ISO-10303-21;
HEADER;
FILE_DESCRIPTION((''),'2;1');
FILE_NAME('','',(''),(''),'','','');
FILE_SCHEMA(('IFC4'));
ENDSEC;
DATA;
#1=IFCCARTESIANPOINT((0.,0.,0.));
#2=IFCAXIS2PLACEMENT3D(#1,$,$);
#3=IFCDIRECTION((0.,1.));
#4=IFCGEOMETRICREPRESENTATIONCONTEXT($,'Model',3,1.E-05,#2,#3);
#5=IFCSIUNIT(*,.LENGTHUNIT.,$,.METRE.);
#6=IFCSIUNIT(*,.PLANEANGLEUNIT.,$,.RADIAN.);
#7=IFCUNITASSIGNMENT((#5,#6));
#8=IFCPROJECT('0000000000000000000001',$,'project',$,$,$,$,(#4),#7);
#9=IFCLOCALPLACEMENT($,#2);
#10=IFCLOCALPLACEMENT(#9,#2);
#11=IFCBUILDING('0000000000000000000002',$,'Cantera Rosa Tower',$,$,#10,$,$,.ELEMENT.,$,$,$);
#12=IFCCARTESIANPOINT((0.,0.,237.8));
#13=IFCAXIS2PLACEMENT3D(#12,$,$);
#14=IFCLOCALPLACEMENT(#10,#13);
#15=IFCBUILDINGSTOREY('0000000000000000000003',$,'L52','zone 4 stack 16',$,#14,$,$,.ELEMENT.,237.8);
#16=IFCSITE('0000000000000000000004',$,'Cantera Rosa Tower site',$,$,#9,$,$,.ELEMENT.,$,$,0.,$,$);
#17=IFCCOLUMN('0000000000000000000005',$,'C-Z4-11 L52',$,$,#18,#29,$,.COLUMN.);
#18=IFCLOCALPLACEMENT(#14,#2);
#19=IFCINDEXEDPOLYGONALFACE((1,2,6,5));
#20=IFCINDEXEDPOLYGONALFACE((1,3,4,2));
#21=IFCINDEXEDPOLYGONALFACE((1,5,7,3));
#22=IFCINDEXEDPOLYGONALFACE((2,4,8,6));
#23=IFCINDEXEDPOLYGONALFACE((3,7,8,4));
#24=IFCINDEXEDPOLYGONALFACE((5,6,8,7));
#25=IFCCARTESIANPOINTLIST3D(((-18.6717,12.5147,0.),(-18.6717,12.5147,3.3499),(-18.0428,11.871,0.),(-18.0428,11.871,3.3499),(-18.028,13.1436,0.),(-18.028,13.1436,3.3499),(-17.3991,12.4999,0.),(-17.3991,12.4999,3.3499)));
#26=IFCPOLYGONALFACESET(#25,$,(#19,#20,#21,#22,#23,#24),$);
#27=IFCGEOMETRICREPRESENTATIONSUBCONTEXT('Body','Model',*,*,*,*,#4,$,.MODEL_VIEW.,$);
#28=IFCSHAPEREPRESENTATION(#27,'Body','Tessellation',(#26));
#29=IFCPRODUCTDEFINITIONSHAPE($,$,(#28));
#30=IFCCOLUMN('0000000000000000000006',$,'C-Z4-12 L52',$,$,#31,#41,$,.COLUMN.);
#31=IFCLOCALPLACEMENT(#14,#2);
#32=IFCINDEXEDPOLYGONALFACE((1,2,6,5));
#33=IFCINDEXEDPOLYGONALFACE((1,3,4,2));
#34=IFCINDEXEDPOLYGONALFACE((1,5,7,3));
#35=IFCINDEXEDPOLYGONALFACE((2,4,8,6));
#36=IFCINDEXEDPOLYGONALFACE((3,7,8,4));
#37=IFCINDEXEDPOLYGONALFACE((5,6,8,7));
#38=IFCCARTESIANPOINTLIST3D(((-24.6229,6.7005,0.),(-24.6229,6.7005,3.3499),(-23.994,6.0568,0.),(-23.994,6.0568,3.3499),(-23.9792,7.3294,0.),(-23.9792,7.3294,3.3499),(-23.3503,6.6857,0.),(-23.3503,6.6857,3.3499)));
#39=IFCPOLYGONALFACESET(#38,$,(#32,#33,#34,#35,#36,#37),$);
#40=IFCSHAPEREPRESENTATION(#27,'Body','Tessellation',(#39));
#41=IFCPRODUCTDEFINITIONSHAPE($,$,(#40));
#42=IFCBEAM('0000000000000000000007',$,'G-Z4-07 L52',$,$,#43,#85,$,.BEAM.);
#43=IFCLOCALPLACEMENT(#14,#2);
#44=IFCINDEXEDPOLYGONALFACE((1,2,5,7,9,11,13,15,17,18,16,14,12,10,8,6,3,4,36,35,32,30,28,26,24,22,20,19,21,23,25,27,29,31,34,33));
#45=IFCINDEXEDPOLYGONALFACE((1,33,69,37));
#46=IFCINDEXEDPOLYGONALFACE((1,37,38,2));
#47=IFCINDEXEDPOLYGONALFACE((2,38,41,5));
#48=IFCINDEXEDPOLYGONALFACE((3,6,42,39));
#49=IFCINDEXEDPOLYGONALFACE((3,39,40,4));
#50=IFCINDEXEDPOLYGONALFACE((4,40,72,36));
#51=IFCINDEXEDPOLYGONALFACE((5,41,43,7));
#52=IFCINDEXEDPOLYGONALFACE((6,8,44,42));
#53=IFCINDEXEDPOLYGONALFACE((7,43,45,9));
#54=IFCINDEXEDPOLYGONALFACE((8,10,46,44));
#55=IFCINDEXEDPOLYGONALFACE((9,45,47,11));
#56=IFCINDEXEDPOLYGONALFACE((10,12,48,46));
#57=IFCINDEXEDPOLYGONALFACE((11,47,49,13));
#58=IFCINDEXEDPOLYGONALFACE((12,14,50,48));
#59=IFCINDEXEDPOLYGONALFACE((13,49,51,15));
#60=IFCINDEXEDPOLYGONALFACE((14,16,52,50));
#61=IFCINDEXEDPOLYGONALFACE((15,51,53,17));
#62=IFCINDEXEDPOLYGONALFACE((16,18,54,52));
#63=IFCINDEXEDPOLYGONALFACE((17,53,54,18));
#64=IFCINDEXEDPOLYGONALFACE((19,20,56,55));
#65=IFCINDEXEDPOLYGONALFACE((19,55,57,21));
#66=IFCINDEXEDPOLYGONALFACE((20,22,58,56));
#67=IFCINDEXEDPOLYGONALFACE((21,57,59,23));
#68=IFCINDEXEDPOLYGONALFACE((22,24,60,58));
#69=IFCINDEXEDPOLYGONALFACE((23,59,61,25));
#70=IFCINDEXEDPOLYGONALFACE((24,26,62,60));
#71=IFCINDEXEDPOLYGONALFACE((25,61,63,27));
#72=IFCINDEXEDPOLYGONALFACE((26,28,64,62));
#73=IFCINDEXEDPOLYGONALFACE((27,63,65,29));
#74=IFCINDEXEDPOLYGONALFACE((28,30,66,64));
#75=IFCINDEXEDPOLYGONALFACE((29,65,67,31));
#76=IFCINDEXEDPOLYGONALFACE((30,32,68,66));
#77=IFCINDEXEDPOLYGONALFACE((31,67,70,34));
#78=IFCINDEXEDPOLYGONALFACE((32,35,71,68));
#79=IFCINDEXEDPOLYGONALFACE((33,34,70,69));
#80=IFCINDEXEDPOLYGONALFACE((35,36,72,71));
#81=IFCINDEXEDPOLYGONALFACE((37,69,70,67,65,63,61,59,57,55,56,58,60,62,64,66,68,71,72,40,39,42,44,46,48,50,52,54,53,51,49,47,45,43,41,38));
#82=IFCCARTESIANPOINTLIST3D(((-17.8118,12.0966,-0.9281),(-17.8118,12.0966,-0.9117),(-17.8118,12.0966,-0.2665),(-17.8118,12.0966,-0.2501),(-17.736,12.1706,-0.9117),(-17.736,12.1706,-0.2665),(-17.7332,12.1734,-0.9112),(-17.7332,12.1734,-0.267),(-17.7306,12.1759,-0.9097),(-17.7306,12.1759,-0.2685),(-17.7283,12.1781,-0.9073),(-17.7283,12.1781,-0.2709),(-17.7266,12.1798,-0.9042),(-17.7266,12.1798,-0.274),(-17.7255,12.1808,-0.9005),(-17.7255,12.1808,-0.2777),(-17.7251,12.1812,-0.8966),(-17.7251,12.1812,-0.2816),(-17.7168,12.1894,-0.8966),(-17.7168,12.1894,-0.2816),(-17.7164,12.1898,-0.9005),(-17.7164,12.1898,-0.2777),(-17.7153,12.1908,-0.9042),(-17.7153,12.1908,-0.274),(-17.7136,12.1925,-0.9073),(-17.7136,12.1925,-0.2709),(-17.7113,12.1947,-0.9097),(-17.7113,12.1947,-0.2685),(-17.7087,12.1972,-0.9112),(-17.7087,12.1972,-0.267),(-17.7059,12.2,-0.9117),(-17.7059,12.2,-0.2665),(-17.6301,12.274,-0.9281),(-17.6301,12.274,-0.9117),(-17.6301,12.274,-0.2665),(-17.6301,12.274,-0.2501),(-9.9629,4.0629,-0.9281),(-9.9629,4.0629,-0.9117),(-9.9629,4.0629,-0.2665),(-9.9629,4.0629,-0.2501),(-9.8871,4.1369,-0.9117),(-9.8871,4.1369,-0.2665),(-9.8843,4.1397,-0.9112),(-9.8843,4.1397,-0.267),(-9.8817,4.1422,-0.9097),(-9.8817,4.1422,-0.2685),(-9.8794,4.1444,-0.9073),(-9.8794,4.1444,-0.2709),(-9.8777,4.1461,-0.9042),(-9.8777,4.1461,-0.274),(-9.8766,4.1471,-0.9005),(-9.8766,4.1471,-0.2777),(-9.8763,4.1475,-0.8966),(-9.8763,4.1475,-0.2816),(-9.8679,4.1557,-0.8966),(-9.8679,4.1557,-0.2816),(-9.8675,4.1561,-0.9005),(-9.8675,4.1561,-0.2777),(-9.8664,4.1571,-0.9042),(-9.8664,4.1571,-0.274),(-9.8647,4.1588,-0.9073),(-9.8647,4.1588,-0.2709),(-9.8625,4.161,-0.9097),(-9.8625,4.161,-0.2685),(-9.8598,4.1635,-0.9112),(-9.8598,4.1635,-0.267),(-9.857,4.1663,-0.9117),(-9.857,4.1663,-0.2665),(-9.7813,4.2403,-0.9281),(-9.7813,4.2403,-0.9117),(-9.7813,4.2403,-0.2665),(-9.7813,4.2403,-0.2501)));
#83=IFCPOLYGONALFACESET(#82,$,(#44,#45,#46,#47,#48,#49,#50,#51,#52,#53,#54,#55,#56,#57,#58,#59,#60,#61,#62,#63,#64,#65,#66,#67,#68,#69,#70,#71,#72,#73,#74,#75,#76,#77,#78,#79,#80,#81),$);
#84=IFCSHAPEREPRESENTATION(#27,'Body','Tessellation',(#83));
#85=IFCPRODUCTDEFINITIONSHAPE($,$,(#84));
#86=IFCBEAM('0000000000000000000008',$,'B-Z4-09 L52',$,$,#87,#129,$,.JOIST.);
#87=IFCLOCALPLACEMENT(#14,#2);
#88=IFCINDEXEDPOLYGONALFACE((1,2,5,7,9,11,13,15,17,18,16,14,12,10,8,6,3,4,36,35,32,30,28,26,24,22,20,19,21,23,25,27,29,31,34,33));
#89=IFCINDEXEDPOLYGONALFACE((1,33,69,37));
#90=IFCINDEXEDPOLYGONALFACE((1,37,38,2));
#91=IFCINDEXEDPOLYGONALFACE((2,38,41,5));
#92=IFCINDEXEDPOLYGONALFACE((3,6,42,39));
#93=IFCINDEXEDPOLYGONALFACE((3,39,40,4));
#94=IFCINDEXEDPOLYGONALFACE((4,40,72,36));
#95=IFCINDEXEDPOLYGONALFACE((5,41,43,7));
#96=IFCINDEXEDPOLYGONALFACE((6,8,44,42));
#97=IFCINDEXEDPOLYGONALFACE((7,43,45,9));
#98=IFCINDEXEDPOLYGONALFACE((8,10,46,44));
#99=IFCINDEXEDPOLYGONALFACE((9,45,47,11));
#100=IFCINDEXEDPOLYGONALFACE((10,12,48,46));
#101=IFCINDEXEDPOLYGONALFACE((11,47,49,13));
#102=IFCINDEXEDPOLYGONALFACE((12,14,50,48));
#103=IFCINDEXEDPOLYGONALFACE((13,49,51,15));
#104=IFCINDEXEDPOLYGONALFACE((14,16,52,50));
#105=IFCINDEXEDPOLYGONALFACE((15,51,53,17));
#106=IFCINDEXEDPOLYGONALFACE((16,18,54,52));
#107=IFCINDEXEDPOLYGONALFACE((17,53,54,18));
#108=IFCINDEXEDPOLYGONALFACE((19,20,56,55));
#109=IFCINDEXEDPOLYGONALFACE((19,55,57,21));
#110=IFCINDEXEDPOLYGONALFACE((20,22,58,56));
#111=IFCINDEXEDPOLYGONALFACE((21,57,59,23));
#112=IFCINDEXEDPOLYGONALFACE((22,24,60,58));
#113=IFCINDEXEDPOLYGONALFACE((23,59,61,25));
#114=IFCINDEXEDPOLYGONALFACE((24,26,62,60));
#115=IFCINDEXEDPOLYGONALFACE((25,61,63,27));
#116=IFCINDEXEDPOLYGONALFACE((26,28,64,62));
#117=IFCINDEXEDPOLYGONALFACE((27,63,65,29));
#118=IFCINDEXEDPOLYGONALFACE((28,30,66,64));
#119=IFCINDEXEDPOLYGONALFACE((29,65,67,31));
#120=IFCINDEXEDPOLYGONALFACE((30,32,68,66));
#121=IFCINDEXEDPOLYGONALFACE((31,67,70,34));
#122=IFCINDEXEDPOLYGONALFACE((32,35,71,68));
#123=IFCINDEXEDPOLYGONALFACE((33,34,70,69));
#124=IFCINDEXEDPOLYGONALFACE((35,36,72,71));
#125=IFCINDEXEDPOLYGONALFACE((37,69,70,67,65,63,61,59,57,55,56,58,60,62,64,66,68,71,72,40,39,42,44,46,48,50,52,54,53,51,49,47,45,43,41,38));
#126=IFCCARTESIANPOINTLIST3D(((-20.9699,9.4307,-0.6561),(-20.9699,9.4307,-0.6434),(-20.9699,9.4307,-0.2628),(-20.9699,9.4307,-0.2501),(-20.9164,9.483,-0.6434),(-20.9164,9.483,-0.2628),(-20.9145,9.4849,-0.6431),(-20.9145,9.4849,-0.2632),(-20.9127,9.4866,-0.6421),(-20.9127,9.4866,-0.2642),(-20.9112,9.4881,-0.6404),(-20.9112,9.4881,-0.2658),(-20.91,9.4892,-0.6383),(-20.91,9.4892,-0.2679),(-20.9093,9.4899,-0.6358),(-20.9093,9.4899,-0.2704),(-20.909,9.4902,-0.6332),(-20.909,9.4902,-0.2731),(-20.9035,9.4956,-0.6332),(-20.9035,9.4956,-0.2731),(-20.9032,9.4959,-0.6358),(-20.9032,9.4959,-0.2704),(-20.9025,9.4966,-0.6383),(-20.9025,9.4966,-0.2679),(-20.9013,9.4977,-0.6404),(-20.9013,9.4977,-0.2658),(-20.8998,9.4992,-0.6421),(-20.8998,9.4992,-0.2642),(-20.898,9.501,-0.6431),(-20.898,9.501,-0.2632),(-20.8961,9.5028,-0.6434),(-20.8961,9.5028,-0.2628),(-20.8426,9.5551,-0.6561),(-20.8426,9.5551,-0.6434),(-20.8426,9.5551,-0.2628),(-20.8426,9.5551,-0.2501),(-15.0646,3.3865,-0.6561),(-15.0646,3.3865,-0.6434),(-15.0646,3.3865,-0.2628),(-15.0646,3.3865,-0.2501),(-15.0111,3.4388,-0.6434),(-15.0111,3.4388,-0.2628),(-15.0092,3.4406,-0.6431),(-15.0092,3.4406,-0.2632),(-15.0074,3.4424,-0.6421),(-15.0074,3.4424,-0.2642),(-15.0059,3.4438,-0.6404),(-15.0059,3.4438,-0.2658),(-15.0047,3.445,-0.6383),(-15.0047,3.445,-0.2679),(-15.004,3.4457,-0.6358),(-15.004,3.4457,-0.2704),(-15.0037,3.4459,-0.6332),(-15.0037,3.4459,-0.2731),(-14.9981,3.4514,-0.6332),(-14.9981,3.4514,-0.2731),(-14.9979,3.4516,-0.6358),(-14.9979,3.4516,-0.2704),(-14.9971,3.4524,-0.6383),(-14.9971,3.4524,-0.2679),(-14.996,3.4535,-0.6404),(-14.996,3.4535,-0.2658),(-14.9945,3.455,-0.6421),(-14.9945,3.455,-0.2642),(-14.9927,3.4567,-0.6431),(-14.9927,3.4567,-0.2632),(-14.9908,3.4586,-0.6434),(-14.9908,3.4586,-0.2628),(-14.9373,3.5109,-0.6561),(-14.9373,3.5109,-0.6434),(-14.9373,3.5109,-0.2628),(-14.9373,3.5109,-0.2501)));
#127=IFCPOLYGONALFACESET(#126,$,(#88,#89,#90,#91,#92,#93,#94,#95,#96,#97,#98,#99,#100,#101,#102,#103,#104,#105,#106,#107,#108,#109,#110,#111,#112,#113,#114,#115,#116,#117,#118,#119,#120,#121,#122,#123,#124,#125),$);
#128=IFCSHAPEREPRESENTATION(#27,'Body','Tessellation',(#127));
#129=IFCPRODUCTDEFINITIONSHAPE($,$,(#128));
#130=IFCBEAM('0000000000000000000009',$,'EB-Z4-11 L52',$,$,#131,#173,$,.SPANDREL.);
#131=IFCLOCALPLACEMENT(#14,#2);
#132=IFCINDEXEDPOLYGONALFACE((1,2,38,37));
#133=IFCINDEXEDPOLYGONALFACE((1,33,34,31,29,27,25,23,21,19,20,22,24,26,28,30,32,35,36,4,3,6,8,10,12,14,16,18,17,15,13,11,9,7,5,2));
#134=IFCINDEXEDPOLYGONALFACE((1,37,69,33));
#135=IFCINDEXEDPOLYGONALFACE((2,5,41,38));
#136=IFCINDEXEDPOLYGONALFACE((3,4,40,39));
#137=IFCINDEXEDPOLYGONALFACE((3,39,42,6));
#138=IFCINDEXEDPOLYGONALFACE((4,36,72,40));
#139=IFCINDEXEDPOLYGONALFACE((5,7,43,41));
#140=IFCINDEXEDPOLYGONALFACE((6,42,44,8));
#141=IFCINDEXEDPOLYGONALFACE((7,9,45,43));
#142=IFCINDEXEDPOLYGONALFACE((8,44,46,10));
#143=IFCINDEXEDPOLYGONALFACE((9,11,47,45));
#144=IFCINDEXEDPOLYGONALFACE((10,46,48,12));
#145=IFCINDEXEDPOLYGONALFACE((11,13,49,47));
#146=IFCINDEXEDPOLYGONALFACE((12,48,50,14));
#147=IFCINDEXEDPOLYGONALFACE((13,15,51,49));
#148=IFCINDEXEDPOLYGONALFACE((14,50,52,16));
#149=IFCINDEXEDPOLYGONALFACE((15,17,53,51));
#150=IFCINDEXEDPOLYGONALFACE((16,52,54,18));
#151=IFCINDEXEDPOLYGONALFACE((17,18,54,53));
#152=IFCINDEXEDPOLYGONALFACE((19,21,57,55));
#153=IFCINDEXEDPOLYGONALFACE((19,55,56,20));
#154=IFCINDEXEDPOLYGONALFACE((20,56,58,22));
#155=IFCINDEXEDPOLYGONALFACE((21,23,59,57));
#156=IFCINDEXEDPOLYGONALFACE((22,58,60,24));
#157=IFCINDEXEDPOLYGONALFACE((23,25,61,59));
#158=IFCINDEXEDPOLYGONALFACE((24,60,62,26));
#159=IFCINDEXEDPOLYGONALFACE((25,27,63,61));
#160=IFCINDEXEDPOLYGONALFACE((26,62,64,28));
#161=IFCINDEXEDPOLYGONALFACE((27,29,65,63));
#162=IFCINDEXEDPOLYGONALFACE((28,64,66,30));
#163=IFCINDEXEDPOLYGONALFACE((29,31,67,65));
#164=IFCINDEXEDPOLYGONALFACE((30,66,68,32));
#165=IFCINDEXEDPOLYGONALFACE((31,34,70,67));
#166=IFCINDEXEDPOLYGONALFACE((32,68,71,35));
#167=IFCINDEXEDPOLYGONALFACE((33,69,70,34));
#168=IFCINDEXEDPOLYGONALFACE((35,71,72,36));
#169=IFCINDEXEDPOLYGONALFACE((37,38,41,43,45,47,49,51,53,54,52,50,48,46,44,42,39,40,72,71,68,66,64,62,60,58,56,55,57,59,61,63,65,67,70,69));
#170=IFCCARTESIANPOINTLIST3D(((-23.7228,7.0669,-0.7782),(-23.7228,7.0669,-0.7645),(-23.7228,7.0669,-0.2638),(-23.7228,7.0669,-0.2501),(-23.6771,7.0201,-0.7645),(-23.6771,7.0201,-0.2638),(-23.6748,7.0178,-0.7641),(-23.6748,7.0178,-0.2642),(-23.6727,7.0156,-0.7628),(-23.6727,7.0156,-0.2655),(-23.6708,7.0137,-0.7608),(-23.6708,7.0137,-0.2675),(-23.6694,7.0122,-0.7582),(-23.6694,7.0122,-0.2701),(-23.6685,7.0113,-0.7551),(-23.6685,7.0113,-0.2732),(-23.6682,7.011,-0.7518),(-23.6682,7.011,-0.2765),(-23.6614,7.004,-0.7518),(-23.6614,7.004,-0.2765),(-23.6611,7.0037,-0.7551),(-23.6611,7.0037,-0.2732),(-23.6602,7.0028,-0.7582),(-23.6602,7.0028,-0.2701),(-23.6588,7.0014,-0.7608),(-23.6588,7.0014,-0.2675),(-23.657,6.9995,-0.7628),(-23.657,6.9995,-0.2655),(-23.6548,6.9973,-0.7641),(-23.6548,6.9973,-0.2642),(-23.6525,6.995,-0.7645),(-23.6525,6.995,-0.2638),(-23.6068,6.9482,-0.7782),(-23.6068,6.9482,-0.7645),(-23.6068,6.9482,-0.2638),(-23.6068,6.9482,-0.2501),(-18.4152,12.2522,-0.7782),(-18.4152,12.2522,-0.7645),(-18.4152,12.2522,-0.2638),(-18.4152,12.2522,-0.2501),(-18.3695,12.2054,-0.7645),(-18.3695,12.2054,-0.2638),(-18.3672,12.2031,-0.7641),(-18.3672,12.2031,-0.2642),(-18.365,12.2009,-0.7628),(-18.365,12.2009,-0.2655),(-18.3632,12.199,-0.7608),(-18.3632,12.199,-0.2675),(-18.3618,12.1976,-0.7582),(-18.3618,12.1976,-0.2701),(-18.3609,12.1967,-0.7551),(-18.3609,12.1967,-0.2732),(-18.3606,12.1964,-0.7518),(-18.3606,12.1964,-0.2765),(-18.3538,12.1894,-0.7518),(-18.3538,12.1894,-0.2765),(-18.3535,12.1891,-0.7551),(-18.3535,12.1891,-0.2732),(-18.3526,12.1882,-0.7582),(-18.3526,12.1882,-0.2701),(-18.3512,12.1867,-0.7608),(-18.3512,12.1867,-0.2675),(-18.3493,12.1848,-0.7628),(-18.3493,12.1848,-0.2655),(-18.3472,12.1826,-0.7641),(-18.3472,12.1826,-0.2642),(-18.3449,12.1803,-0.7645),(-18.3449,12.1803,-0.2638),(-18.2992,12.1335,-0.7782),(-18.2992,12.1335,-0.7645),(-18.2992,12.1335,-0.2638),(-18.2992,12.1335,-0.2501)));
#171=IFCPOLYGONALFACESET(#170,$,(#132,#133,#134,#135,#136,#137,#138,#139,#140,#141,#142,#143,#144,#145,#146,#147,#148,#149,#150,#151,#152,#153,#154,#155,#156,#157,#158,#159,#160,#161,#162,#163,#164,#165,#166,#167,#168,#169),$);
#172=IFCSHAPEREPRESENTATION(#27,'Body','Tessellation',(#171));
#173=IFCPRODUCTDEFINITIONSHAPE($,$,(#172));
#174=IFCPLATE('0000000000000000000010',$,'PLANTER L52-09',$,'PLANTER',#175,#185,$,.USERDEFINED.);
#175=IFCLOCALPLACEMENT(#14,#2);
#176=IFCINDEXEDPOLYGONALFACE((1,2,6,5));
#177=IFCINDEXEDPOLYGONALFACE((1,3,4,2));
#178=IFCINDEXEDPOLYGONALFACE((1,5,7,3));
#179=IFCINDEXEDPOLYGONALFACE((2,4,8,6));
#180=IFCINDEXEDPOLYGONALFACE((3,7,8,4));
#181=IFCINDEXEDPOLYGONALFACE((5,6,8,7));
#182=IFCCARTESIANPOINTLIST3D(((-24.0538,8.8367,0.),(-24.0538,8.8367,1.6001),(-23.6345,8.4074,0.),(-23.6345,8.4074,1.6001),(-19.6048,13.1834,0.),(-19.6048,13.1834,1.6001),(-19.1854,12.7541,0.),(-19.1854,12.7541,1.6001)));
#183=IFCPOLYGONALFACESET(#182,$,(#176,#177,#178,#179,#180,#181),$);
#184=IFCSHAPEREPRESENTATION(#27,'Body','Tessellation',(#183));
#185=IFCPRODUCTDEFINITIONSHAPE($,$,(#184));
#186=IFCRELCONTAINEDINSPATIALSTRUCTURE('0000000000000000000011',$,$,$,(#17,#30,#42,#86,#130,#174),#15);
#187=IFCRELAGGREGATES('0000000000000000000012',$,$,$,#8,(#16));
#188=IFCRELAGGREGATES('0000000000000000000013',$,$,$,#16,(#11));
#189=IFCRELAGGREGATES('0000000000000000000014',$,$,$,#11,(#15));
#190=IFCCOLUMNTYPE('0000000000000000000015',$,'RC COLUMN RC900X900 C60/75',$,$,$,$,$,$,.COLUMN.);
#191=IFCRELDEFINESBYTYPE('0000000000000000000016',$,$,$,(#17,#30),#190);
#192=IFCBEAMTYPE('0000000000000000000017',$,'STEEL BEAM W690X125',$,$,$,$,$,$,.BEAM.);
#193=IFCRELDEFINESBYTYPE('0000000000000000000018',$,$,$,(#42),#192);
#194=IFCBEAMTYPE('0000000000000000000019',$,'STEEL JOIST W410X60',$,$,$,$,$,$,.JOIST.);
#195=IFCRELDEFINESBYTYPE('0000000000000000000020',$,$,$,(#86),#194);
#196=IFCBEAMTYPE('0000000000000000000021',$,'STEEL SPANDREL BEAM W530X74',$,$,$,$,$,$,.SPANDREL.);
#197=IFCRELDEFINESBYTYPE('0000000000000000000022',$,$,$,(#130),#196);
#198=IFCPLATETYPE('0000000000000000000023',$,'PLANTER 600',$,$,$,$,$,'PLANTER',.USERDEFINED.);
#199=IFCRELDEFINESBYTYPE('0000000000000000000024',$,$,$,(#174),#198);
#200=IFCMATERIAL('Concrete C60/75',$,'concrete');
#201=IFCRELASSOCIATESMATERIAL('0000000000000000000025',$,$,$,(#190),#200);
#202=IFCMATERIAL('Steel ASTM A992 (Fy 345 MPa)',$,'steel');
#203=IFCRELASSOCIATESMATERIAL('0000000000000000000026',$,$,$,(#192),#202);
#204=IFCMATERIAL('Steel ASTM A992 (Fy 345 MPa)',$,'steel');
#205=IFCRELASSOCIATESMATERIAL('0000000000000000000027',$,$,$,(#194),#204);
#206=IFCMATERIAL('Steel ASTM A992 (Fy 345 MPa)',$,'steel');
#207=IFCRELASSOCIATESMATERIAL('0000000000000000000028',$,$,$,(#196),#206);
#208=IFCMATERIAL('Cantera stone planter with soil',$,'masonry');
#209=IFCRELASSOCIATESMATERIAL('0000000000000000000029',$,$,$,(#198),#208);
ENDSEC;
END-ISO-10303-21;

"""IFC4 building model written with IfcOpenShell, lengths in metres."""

from ifc_helpers import new_model, si_unit, direction, frame, origin, origin_2d, place, context, subcontext, project, spatial, rectangle, i_section, extrude, material, material_profile, profile_set, type_object, element, save


model = new_model("IFC4")

# Units and contexts
model_context = context("Model", 3, precision=1e-05, world=origin(), true_north=direction((0.0, 1.0)))
body_context = subcontext(model_context, "Body", "Model", "MODEL_VIEW")
ifc_project = project(units=[si_unit("LENGTHUNIT", "METRE"), si_unit("PLANEANGLEUNIT", "RADIAN")], contexts=[model_context])

# Site, building, storey
site_placement = place(None, origin())
site = spatial("IfcSite", under=ifc_project, at=site_placement, Name="Cantera Rosa Tower site", CompositionType="ELEMENT", RefElevation=0.0)
building_placement = place(site_placement, origin())
building = spatial("IfcBuilding", under=site, at=building_placement, Name="Cantera Rosa Tower", CompositionType="ELEMENT")
storey_placement = place(building_placement, frame((0.0, 0.0, 237.8)))
storey = spatial("IfcBuildingStorey", under=building, at=storey_placement, Name="L52", Description="zone 4 stack 16", CompositionType="ELEMENT", Elevation=237.8)

# Columns
ifc_material_1 = material(Name="Concrete C60/75", Category="concrete")
ifc_material_profile_1 = material_profile(ifc_material_1, rectangle(XDim=0.8999, YDim=0.8999, at=origin_2d()), Name="RC COLUMN RC900X900 C60/75")
ifc_profile_set_1 = profile_set([ifc_material_profile_1], Name="Concrete C60/75")
column_type = type_object("IfcColumnType", Name="RC COLUMN RC900X900 C60/75", PredefinedType="COLUMN", material=ifc_profile_set_1)
for number, where, z_axis, x_axis, name in (
    (1, (-18.0354, 12.5073, 0.0), (0.0, 0.0, 1.0), (0.715286, 0.698832, 0.0), "C-Z4-11 L52"),
    (2, (-23.9866, 6.6931, 0.0), (0.0, 0.0, 1.0), (0.715286, 0.698832, 0.0), "C-Z4-12 L52"),
):
    element("IfcColumn", number, at=place(storey_placement, frame(where, z_axis=z_axis, x_axis=x_axis)), inside=storey, type_object=column_type, Name=name, PredefinedType="COLUMN", context=body_context, shape_type="SweptSolid", body=[
        extrude(rectangle(XDim=0.8999, YDim=0.8999, at=origin_2d()), origin(), (0.0, 0.0, 1.0), 3.3499),
    ])

# Beams
ifc_material_2 = material(Name="Steel ASTM A992 (Fy 345 MPa)", Category="steel")
ifc_material_profile_2 = material_profile(ifc_material_2, i_section(OverallWidth=0.2539, OverallDepth=0.678, WebThickness=0.0117, FlangeThickness=0.0164, FilletRadius=0.0151, at=origin_2d()), Name="W690X125")
ifc_profile_set_2 = profile_set([ifc_material_profile_2], Name="Steel ASTM A992 (Fy 345 MPa)")
beam_type_1 = type_object("IfcBeamType", Name="STEEL BEAM W690X125", PredefinedType="BEAM", material=ifc_profile_set_2)
beam_1_placement = place(storey_placement, frame((-17.7209, 12.1853, -0.5891), z_axis=(0.698831, -0.715286, 0.0), x_axis=(0.715286, 0.698831, 0.0)))
element("IfcBeam", 3, at=beam_1_placement, inside=storey, type_object=beam_type_1, Name="G-Z4-07 L52", PredefinedType="BEAM", context=body_context, shape_type="SweptSolid", body=[
    extrude(i_section(OverallWidth=0.2539, OverallDepth=0.678, WebThickness=0.0117, FlangeThickness=0.0164, FilletRadius=0.0151, at=origin_2d()), origin(), (0.0, 0.0, 1.0), 11.2314),
])
ifc_material_3 = material(Name="Steel ASTM A992 (Fy 345 MPa)", Category="steel")
ifc_material_profile_3 = material_profile(ifc_material_3, i_section(OverallWidth=0.178, OverallDepth=0.406, WebThickness=0.0078, FlangeThickness=0.0127, FilletRadius=0.0103, at=origin_2d()), Name="W410X60")
ifc_profile_set_3 = profile_set([ifc_material_profile_3], Name="Steel ASTM A992 (Fy 345 MPa)")
beam_type_2 = type_object("IfcBeamType", Name="STEEL JOIST W410X60", PredefinedType="JOIST", material=ifc_profile_set_3)
beam_2_placement = place(storey_placement, frame((-20.9062, 9.4929, -0.4531), z_axis=(0.698839, -0.715279, 0.0), x_axis=(0.715279, 0.698839, 0.0)))
element("IfcBeam", 4, at=beam_2_placement, inside=storey, type_object=beam_type_2, Name="B-Z4-09 L52", PredefinedType="JOIST", context=body_context, shape_type="SweptSolid", body=[
    extrude(i_section(OverallWidth=0.178, OverallDepth=0.406, WebThickness=0.0078, FlangeThickness=0.0127, FilletRadius=0.0103, at=origin_2d()), origin(), (0.0, 0.0, 1.0), 8.4502),
])
ifc_material_4 = material(Name="Steel ASTM A992 (Fy 345 MPa)", Category="steel")
ifc_material_profile_4 = material_profile(ifc_material_4, i_section(OverallWidth=0.166, OverallDepth=0.5281, WebThickness=0.0098, FlangeThickness=0.0137, FilletRadius=0.0127, at=origin_2d()), Name="W530X74")
ifc_profile_set_4 = profile_set([ifc_material_profile_4], Name="Steel ASTM A992 (Fy 345 MPa)")
beam_type_3 = type_object("IfcBeamType", Name="STEEL SPANDREL BEAM W530X74", PredefinedType="SPANDREL", material=ifc_profile_set_4)
beam_3_placement = place(storey_placement, frame((-18.3572, 12.1929, -0.5142), z_axis=(-0.715301, -0.698817, 0.0), x_axis=(0.698817, -0.715301, 0.0)))
element("IfcBeam", 5, at=beam_3_placement, inside=storey, type_object=beam_type_3, Name="EB-Z4-11 L52", PredefinedType="SPANDREL", context=body_context, shape_type="SweptSolid", body=[
    extrude(i_section(OverallWidth=0.166, OverallDepth=0.5281, WebThickness=0.0098, FlangeThickness=0.0137, FilletRadius=0.0127, at=origin_2d()), origin(), (0.0, 0.0, 1.0), 7.4202),
])

# Plate
ifc_material_5 = material(Name="Cantera stone planter with soil", Category="masonry")
plate_type = type_object("IfcPlateType", Name="PLANTER 600", ElementType="PLANTER", PredefinedType="USERDEFINED", material=ifc_material_5)
plate_placement = place(storey_placement, frame((-21.6196, 10.7954, 0.0), z_axis=(0.0, 0.0, 1.0), x_axis=(-0.715286, -0.698832, 0.0)))
element("IfcPlate", 6, at=plate_placement, inside=storey, type_object=plate_type, Name="PLANTER L52-09", ObjectType="PLANTER", PredefinedType="USERDEFINED", context=body_context, shape_type="SweptSolid", body=[
    extrude(rectangle(XDim=6.22, YDim=0.6001, at=origin_2d()), origin(), (0.0, 0.0, 1.0), 1.6001),
])

save(model, "model.ifc")
